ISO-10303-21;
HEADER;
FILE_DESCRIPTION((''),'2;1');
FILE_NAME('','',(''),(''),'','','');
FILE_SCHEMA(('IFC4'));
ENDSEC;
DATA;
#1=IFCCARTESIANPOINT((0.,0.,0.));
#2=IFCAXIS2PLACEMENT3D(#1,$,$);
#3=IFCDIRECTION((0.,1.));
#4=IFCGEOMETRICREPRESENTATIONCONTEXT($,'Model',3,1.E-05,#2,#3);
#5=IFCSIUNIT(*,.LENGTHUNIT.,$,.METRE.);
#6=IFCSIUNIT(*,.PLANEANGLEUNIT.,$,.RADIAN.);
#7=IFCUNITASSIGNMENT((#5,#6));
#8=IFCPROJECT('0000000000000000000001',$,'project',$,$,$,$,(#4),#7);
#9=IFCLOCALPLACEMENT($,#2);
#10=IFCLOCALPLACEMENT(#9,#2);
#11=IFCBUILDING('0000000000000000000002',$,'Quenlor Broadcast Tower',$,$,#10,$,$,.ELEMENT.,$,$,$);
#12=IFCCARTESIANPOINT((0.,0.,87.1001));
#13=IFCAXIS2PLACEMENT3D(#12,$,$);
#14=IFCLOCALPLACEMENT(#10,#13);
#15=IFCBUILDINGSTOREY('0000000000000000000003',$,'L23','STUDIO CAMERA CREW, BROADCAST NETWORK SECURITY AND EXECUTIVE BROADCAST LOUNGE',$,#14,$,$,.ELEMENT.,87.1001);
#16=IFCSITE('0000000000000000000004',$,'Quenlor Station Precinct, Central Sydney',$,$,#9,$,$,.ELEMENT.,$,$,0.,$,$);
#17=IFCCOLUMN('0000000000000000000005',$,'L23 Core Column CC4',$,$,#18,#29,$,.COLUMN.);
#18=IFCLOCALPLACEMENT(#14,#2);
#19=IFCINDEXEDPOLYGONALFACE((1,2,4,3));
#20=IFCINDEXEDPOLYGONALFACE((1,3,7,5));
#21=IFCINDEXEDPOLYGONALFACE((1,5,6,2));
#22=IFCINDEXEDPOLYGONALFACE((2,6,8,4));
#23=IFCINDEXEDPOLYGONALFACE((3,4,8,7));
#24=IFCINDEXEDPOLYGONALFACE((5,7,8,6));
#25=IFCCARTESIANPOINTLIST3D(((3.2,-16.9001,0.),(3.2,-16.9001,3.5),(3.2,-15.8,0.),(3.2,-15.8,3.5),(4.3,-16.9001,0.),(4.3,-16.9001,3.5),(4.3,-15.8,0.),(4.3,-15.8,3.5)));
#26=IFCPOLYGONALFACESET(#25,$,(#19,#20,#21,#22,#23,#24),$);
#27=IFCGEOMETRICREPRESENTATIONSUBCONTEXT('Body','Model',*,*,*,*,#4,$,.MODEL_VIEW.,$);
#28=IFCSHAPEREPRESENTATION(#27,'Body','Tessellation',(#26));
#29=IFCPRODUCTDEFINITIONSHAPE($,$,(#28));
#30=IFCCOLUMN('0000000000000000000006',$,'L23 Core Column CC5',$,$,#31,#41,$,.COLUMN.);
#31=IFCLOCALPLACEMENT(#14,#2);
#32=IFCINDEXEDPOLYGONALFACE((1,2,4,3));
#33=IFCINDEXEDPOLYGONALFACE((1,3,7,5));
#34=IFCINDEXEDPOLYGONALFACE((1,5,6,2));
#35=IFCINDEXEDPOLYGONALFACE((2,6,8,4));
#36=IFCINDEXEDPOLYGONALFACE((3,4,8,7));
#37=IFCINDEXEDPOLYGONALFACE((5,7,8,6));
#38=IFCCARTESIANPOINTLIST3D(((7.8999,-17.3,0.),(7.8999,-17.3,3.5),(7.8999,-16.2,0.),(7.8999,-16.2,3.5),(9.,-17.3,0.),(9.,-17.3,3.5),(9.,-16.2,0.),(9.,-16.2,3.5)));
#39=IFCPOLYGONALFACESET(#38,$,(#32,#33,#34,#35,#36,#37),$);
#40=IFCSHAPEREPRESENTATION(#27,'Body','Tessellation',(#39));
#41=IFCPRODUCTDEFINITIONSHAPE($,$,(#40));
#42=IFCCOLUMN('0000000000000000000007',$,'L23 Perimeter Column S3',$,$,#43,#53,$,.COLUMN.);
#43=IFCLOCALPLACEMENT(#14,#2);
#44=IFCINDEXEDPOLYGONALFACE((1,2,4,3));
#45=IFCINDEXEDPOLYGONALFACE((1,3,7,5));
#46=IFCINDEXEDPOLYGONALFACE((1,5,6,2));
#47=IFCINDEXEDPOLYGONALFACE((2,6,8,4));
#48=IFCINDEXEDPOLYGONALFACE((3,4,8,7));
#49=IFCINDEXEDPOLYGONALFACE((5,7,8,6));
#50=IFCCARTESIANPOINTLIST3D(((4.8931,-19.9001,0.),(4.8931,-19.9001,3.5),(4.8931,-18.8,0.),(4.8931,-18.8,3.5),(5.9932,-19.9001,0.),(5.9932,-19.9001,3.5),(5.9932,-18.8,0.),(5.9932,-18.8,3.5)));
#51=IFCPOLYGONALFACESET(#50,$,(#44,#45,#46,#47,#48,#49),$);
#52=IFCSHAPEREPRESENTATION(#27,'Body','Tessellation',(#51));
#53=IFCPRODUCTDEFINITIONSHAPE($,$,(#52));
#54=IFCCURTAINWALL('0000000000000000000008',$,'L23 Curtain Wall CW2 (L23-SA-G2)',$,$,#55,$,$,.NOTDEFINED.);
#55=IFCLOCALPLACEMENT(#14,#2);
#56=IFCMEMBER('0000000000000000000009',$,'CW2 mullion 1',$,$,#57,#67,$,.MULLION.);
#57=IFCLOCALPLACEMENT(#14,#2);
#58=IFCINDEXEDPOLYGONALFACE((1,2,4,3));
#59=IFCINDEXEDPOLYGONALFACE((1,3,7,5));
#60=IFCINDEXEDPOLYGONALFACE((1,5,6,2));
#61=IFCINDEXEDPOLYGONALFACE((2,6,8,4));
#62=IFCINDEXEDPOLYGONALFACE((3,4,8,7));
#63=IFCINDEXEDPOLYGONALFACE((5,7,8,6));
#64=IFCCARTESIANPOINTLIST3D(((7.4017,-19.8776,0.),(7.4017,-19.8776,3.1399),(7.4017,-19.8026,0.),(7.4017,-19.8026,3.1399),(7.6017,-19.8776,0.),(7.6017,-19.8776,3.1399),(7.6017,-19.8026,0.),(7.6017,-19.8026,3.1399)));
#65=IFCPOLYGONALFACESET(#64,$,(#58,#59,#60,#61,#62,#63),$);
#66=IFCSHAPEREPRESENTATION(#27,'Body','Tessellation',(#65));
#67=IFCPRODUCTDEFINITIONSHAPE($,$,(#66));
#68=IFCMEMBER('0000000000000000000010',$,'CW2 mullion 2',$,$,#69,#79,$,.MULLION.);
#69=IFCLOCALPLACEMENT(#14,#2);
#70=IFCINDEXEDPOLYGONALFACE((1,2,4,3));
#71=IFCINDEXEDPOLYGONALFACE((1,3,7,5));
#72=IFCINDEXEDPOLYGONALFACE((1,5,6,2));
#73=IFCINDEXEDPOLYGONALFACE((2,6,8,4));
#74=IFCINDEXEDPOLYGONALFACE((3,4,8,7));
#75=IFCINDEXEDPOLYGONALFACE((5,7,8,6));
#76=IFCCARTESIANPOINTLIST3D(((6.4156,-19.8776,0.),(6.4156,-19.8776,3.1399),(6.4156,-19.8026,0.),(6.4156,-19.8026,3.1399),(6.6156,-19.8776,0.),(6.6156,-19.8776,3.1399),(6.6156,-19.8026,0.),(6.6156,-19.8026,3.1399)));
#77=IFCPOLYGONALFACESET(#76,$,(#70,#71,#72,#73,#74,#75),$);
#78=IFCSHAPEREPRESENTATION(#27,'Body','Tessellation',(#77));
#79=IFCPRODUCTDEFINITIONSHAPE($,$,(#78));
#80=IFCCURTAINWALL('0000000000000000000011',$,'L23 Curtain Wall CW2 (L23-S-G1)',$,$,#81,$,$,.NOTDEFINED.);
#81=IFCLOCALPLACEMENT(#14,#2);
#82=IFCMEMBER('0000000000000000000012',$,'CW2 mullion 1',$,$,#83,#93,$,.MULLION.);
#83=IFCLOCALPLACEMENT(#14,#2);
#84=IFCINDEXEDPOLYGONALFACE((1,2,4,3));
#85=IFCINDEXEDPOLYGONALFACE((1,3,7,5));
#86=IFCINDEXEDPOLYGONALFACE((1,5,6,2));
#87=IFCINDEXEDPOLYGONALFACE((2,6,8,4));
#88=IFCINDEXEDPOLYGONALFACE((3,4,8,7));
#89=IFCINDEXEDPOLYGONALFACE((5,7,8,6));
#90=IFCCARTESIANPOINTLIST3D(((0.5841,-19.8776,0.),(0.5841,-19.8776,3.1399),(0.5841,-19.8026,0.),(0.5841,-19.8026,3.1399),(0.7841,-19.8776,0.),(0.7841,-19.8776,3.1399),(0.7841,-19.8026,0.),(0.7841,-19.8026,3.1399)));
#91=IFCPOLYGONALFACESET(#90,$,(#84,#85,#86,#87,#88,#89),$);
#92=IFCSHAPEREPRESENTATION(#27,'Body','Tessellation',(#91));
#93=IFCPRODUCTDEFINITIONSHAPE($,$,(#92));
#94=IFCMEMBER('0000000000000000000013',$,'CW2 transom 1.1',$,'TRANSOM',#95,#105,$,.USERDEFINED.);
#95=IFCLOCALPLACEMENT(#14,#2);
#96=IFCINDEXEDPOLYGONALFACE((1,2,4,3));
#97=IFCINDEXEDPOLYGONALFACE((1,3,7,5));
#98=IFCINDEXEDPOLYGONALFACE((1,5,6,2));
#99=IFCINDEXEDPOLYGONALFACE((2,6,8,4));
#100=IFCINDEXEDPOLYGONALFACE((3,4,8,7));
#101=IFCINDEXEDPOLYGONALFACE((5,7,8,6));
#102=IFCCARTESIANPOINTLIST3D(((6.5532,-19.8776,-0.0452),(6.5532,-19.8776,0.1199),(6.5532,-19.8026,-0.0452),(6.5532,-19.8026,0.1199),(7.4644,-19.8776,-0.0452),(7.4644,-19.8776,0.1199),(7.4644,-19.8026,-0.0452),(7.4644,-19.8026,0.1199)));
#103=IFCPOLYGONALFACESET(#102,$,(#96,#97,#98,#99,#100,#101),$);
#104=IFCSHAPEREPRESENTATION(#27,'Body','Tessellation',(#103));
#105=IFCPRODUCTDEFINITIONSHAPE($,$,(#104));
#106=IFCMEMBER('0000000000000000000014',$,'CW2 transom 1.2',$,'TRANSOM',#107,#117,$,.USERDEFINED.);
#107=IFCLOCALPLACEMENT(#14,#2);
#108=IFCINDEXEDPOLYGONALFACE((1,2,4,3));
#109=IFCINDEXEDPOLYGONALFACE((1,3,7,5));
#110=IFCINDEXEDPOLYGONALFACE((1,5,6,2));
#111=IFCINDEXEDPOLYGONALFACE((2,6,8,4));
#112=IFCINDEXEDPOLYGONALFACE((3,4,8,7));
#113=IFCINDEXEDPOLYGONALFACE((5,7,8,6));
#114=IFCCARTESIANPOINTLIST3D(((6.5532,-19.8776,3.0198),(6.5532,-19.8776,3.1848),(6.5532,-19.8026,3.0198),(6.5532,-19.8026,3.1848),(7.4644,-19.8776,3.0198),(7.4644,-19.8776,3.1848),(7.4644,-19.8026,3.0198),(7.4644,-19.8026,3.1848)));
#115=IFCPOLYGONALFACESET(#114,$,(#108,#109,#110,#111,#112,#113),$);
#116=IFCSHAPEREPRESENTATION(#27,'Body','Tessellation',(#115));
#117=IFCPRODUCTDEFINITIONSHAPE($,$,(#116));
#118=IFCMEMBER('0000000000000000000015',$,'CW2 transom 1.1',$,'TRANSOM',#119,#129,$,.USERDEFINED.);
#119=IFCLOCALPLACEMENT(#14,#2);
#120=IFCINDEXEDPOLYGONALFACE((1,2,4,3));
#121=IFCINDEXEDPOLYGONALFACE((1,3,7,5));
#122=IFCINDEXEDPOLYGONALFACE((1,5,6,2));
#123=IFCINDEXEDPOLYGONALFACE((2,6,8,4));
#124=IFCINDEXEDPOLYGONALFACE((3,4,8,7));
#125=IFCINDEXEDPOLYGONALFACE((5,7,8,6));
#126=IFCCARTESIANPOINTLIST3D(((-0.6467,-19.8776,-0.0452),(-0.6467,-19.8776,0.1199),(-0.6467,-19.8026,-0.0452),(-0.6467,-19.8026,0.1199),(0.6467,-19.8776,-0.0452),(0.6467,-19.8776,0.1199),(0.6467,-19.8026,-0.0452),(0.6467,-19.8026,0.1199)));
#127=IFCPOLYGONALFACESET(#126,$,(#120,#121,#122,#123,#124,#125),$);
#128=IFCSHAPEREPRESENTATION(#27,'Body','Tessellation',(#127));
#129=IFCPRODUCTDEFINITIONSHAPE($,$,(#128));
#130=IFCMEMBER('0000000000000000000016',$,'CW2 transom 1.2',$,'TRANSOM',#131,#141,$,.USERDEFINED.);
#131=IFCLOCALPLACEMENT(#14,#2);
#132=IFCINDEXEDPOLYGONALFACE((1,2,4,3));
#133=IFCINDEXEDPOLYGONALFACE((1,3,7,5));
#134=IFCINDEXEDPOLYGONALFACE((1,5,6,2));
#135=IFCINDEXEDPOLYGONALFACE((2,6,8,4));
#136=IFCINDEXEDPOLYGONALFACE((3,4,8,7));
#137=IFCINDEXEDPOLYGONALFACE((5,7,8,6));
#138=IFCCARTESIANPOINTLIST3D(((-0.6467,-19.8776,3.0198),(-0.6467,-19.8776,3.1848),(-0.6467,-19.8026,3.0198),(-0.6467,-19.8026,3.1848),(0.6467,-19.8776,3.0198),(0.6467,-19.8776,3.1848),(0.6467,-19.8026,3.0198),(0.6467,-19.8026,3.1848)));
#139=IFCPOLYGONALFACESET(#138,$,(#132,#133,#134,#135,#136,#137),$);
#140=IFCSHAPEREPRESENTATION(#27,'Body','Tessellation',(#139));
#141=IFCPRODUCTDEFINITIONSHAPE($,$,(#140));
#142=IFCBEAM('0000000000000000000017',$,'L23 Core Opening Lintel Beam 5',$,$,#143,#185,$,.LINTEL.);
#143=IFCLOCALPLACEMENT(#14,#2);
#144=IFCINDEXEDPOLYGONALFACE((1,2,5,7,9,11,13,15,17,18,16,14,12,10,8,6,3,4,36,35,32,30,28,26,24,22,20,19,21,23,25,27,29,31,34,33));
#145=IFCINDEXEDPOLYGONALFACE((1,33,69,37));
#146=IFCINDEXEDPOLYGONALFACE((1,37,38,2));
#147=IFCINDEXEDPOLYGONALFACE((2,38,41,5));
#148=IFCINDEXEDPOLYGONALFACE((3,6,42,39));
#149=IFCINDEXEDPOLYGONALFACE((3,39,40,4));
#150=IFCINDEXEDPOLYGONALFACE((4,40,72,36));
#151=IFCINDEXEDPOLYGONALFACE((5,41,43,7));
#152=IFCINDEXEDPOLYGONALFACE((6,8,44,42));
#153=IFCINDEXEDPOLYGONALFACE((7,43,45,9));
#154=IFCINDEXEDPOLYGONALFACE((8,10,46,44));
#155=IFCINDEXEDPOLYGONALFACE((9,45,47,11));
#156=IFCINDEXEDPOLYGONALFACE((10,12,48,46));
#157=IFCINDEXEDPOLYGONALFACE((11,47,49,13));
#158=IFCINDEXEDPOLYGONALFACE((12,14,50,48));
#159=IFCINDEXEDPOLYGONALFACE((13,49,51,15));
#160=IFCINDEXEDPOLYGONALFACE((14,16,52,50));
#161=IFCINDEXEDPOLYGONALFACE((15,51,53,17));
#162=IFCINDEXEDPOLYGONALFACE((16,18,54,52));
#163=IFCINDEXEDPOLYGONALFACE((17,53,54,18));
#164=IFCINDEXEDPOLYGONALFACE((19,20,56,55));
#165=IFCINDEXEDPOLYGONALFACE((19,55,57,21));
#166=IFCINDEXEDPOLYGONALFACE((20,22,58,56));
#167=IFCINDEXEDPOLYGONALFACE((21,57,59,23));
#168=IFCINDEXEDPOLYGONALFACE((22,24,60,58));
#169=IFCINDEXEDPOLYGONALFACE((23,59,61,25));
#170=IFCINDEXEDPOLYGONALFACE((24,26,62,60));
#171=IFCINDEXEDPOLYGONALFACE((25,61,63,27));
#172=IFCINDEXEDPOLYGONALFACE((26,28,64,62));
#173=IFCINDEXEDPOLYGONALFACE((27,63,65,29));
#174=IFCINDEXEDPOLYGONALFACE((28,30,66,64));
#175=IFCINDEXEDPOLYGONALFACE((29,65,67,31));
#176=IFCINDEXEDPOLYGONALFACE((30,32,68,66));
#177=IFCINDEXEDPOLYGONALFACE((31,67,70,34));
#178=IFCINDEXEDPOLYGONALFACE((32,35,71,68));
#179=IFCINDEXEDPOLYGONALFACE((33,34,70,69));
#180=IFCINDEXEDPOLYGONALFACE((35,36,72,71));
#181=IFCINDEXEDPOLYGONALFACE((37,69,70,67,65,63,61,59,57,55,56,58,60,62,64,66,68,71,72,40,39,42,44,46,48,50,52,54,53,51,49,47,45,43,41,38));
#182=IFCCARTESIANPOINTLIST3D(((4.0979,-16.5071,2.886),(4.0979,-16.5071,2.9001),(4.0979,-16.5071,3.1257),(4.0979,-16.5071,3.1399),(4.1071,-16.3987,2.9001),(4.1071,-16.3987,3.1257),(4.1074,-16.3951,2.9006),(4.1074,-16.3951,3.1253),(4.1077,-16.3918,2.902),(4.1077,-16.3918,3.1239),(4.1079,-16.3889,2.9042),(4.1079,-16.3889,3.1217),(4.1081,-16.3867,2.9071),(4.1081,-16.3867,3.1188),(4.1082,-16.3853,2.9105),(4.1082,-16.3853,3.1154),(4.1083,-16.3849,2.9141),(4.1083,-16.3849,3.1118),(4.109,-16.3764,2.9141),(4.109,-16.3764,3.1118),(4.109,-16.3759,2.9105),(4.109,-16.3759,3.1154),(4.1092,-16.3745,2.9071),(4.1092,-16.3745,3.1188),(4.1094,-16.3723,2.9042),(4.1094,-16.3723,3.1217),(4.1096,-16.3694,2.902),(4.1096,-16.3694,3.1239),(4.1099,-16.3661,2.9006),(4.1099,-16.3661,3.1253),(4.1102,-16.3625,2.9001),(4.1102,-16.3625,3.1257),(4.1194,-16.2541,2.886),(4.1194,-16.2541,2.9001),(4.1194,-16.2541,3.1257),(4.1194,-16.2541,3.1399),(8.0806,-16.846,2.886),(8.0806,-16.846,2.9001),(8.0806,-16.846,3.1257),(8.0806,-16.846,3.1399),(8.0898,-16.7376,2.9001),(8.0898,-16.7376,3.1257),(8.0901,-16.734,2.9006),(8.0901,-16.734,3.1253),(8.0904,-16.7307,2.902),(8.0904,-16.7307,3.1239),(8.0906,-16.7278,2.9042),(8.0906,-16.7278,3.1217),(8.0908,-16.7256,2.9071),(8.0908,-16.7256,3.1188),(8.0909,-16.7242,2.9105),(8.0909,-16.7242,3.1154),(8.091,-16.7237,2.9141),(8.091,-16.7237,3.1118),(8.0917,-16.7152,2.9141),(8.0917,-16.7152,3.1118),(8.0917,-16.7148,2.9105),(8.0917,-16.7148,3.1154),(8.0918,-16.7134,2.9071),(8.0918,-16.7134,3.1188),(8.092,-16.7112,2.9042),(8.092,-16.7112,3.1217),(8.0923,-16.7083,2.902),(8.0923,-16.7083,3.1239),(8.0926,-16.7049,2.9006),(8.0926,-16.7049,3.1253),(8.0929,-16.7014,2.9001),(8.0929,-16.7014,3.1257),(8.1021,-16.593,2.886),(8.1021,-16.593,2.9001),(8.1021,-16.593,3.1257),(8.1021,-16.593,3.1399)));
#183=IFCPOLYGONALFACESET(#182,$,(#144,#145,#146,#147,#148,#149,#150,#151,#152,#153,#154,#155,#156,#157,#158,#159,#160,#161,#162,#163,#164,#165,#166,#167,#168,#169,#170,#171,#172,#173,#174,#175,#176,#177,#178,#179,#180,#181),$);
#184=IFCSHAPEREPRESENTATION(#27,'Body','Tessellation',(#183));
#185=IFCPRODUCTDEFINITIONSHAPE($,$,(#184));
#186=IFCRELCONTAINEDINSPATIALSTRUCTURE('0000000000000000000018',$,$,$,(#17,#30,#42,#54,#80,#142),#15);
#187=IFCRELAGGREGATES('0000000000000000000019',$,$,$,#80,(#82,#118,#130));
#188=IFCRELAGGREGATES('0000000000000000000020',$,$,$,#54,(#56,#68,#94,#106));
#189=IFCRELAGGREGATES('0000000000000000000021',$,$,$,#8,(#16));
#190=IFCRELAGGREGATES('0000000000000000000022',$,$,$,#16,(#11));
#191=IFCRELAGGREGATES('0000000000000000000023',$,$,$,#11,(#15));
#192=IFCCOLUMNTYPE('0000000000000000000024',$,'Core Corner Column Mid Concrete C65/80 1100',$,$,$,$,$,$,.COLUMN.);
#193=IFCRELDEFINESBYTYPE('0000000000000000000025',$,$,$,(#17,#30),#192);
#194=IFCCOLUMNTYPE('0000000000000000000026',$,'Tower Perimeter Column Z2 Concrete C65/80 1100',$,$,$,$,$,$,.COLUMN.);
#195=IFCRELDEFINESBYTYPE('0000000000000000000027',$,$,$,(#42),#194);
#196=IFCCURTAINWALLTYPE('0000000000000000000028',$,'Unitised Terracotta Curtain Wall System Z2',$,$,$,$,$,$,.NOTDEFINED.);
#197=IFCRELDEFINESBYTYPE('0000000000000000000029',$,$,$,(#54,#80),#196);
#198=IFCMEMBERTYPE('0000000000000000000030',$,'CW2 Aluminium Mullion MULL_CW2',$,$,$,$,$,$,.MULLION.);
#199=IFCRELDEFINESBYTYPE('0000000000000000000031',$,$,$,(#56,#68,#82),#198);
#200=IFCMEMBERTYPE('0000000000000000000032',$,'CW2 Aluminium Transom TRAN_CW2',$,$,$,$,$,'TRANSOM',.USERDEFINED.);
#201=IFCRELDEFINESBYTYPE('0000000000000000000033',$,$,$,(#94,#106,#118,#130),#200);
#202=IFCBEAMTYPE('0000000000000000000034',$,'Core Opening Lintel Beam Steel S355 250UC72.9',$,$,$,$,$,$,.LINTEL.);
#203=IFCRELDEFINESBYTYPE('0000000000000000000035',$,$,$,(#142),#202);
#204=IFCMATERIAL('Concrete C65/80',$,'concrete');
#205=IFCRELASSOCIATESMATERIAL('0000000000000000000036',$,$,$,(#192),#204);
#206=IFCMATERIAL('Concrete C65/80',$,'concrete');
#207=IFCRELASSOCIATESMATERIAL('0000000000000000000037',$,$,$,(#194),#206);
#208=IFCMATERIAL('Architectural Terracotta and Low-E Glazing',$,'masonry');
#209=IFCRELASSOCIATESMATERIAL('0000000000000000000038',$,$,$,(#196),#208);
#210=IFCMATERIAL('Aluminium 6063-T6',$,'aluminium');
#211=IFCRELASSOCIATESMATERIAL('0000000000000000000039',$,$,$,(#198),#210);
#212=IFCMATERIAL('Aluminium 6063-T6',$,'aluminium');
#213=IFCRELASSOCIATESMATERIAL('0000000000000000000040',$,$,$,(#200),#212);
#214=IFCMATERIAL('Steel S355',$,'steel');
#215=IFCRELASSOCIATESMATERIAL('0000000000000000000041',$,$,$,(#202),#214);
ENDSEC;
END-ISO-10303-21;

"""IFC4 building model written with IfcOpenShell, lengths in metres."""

from ifc_helpers import new_model, si_unit, direction, frame, origin, origin_2d, place, context, subcontext, project, spatial, rectangle, i_section, extrude, material, material_profile, profile_set, type_object, element, aggregate, save


model = new_model("IFC4")

# Units and contexts
model_context = context("Model", 3, precision=1e-05, world=origin(), true_north=direction((0.0, 1.0)))
body_context = subcontext(model_context, "Body", "Model", "MODEL_VIEW")
ifc_project = project(units=[si_unit("LENGTHUNIT", "METRE"), si_unit("PLANEANGLEUNIT", "RADIAN")], contexts=[model_context])

# Site, building, storey
site_placement = place(None, origin())
site = spatial("IfcSite", under=ifc_project, at=site_placement, Name="Quenlor Station Precinct, Central Sydney", CompositionType="ELEMENT", RefElevation=0.0)
building_placement = place(site_placement, origin())
building = spatial("IfcBuilding", under=site, at=building_placement, Name="Quenlor Broadcast Tower", CompositionType="ELEMENT")
storey_placement = place(building_placement, frame((0.0, 0.0, 87.1001)))
storey = spatial("IfcBuildingStorey", under=building, at=storey_placement, Name="L23", Description="STUDIO CAMERA CREW, BROADCAST NETWORK SECURITY AND EXECUTIVE BROADCAST LOUNGE", CompositionType="ELEMENT", Elevation=87.1001)

# Columns
ifc_material_1 = material(Name="Concrete C65/80", Category="concrete")
ifc_material_profile_1 = material_profile(ifc_material_1, rectangle(XDim=1.1001, YDim=1.1001, at=origin_2d()))
ifc_profile_set_1 = profile_set([ifc_material_profile_1], Name="Concrete C65/80 RC1100x1100")
column_type_1 = type_object("IfcColumnType", Name="Core Corner Column Mid Concrete C65/80 1100", PredefinedType="COLUMN", material=ifc_profile_set_1)
for number, where, z_axis, x_axis, name in (
    (1, (3.75, -16.3501, 0.0), (0.0, 0.0, 1.0), (1.0, 0.0, 0.0), "L23 Core Column CC4"),
    (2, (8.45, -16.75, 0.0), (0.0, 0.0, 1.0), (1.0, 0.0, 0.0), "L23 Core Column CC5"),
):
    element("IfcColumn", number, at=place(storey_placement, frame(where, z_axis=z_axis, x_axis=x_axis)), inside=storey, type_object=column_type_1, Name=name, PredefinedType="COLUMN", context=body_context, shape_type="SweptSolid", body=[
        extrude(rectangle(XDim=1.1001, YDim=1.1001, at=origin_2d()), origin(), (0.0, 0.0, 1.0), 3.5),
    ])
ifc_material_2 = material(Name="Concrete C65/80", Category="concrete")
ifc_material_profile_2 = material_profile(ifc_material_2, rectangle(XDim=1.1001, YDim=1.1001, at=origin_2d()))
ifc_profile_set_2 = profile_set([ifc_material_profile_2], Name="Concrete C65/80 RC1100x1100")
column_type_2 = type_object("IfcColumnType", Name="Tower Perimeter Column Z2 Concrete C65/80 1100", PredefinedType="COLUMN", material=ifc_profile_set_2)
column_placement = place(storey_placement, frame((5.4431, -19.3501, 0.0), z_axis=(0.0, 0.0, 1.0), x_axis=(0.0, 1.0, 0.0)))
element("IfcColumn", 3, at=column_placement, inside=storey, type_object=column_type_2, Name="L23 Perimeter Column S3", PredefinedType="COLUMN", context=body_context, shape_type="SweptSolid", body=[
    extrude(rectangle(XDim=1.1001, YDim=1.1001, at=origin_2d()), origin(), (0.0, 0.0, 1.0), 3.5),
])

# Curtain wall, members
ifc_material_3 = material(Name="Architectural Terracotta and Low-E Glazing", Category="masonry")
curtain_wall_type = type_object("IfcCurtainWallType", Name="Unitised Terracotta Curtain Wall System Z2", PredefinedType="NOTDEFINED", material=ifc_material_3)
curtain_wall_1_placement = place(storey_placement, origin())
curtain_wall_1 = element("IfcCurtainWall", 4, at=curtain_wall_1_placement, inside=storey, type_object=curtain_wall_type, Name="L23 Curtain Wall CW2 (L23-SA-G2)", PredefinedType="NOTDEFINED")
ifc_material_4 = material(Name="Aluminium 6063-T6", Category="aluminium")
ifc_material_profile_3 = material_profile(ifc_material_4, rectangle(XDim=0.075, YDim=0.2, at=origin_2d()))
ifc_profile_set_3 = profile_set([ifc_material_profile_3], Name="Aluminium 6063-T6 MULL75x200")
member_type_1 = type_object("IfcMemberType", Name="CW2 Aluminium Mullion MULL_CW2", PredefinedType="MULLION", material=ifc_profile_set_3)
member_1_placement = place(storey_placement, frame((7.5017, -19.8401, 0.0), z_axis=(0.0, 0.0, 1.0), x_axis=(0.0, -1.0, 0.0)))
member_1 = element("IfcMember", 5, at=member_1_placement, type_object=member_type_1, Name="CW2 mullion 1", PredefinedType="MULLION", context=body_context, shape_type="SweptSolid", body=[
    extrude(rectangle(XDim=0.075, YDim=0.2, at=origin_2d()), origin(), (0.0, 0.0, 1.0), 3.1399),
])
member_2_placement = place(storey_placement, frame((6.5156, -19.8401, 0.0), z_axis=(0.0, 0.0, 1.0), x_axis=(0.0, -1.0, 0.0)))
member_2 = element("IfcMember", 6, at=member_2_placement, type_object=member_type_1, Name="CW2 mullion 2", PredefinedType="MULLION", context=body_context, shape_type="SweptSolid", body=[
    extrude(rectangle(XDim=0.075, YDim=0.2, at=origin_2d()), origin(), (0.0, 0.0, 1.0), 3.1399),
])

# Curtain wall, member
curtain_wall_2_placement = place(storey_placement, origin())
curtain_wall_2 = element("IfcCurtainWall", 7, at=curtain_wall_2_placement, inside=storey, type_object=curtain_wall_type, Name="L23 Curtain Wall CW2 (L23-S-G1)", PredefinedType="NOTDEFINED")
member_3_placement = place(storey_placement, frame((0.6841, -19.8401, 0.0), z_axis=(0.0, 0.0, 1.0), x_axis=(0.0, -1.0, 0.0)))
member_3 = element("IfcMember", 8, at=member_3_placement, type_object=member_type_1, Name="CW2 mullion 1", PredefinedType="MULLION", context=body_context, shape_type="SweptSolid", body=[
    extrude(rectangle(XDim=0.075, YDim=0.2, at=origin_2d()), origin(), (0.0, 0.0, 1.0), 3.1399),
])

# Members
ifc_material_5 = material(Name="Aluminium 6063-T6", Category="aluminium")
ifc_material_profile_4 = material_profile(ifc_material_5, rectangle(XDim=0.075, YDim=0.165, at=origin_2d()))
ifc_profile_set_4 = profile_set([ifc_material_profile_4], Name="Aluminium 6063-T6 TRAN75x165")
member_type_2 = type_object("IfcMemberType", Name="CW2 Aluminium Transom TRAN_CW2", ElementType="TRANSOM", PredefinedType="USERDEFINED", material=ifc_profile_set_4)
member_4_placement = place(storey_placement, frame((7.4644, -19.8401, 0.0374), z_axis=(-1.0, 0.0, 0.0), x_axis=(0.0, -1.0, 0.0)))
member_4 = element("IfcMember", 9, at=member_4_placement, type_object=member_type_2, Name="CW2 transom 1.1", ObjectType="TRANSOM", PredefinedType="USERDEFINED", context=body_context, shape_type="SweptSolid", body=[
    extrude(rectangle(XDim=0.075, YDim=0.165, at=origin_2d()), origin(), (0.0, 0.0, 1.0), 0.9111),
])
member_5_placement = place(storey_placement, frame((7.4644, -19.8401, 3.1023), z_axis=(-1.0, 0.0, 0.0), x_axis=(0.0, -1.0, 0.0)))
member_5 = element("IfcMember", 10, at=member_5_placement, type_object=member_type_2, Name="CW2 transom 1.2", ObjectType="TRANSOM", PredefinedType="USERDEFINED", context=body_context, shape_type="SweptSolid", body=[
    extrude(rectangle(XDim=0.075, YDim=0.165, at=origin_2d()), origin(), (0.0, 0.0, 1.0), 0.9111),
])
member_6_placement = place(storey_placement, frame((0.6467, -19.8401, 0.0374), z_axis=(-1.0, 0.0, 0.0), x_axis=(0.0, -1.0, 0.0)))
member_6 = element("IfcMember", 11, at=member_6_placement, type_object=member_type_2, Name="CW2 transom 1.1", ObjectType="TRANSOM", PredefinedType="USERDEFINED", context=body_context, shape_type="SweptSolid", body=[
    extrude(rectangle(XDim=0.075, YDim=0.165, at=origin_2d()), origin(), (0.0, 0.0, 1.0), 1.2935),
])
member_7_placement = place(storey_placement, frame((0.6467, -19.8401, 3.1023), z_axis=(-1.0, 0.0, 0.0), x_axis=(0.0, -1.0, 0.0)))
member_7 = element("IfcMember", 12, at=member_7_placement, type_object=member_type_2, Name="CW2 transom 1.2", ObjectType="TRANSOM", PredefinedType="USERDEFINED", context=body_context, shape_type="SweptSolid", body=[
    extrude(rectangle(XDim=0.075, YDim=0.165, at=origin_2d()), origin(), (0.0, 0.0, 1.0), 1.2935),
])
aggregate(curtain_wall_2, [member_3, member_6, member_7])

# Beam
ifc_material_6 = material(Name="Steel S355", Category="steel")
ifc_material_profile_5 = material_profile(ifc_material_6, i_section(OverallWidth=0.2539, OverallDepth=0.2539, WebThickness=0.0085, FlangeThickness=0.0142, FilletRadius=0.0139, at=origin_2d()))
ifc_profile_set_5 = profile_set([ifc_material_profile_5], Name="Steel S355 250UC72.9")
beam_type_1 = type_object("IfcBeamType", Name="Core Opening Lintel Beam Steel S355 250UC72.9", PredefinedType="LINTEL", material=ifc_profile_set_5)
beam_1_placement = place(storey_placement, frame((4.1086, -16.3806, 3.0129), z_axis=(0.9964, -0.084779, 0.0), x_axis=(0.084779, 0.9964, 0.0)))
element("IfcBeam", 13, at=beam_1_placement, inside=storey, type_object=beam_type_1, Name="L23 Core Opening Lintel Beam 5", PredefinedType="LINTEL", context=body_context, shape_type="SweptSolid", body=[
    extrude(i_section(OverallWidth=0.2539, OverallDepth=0.2539, WebThickness=0.0085, FlangeThickness=0.0142, FilletRadius=0.0139, at=origin_2d()), origin(), (0.0, 0.0, 1.0), 3.9971),
])

aggregate(curtain_wall_1, [member_1, member_2, member_4, member_5])

save(model, "model.ifc")
